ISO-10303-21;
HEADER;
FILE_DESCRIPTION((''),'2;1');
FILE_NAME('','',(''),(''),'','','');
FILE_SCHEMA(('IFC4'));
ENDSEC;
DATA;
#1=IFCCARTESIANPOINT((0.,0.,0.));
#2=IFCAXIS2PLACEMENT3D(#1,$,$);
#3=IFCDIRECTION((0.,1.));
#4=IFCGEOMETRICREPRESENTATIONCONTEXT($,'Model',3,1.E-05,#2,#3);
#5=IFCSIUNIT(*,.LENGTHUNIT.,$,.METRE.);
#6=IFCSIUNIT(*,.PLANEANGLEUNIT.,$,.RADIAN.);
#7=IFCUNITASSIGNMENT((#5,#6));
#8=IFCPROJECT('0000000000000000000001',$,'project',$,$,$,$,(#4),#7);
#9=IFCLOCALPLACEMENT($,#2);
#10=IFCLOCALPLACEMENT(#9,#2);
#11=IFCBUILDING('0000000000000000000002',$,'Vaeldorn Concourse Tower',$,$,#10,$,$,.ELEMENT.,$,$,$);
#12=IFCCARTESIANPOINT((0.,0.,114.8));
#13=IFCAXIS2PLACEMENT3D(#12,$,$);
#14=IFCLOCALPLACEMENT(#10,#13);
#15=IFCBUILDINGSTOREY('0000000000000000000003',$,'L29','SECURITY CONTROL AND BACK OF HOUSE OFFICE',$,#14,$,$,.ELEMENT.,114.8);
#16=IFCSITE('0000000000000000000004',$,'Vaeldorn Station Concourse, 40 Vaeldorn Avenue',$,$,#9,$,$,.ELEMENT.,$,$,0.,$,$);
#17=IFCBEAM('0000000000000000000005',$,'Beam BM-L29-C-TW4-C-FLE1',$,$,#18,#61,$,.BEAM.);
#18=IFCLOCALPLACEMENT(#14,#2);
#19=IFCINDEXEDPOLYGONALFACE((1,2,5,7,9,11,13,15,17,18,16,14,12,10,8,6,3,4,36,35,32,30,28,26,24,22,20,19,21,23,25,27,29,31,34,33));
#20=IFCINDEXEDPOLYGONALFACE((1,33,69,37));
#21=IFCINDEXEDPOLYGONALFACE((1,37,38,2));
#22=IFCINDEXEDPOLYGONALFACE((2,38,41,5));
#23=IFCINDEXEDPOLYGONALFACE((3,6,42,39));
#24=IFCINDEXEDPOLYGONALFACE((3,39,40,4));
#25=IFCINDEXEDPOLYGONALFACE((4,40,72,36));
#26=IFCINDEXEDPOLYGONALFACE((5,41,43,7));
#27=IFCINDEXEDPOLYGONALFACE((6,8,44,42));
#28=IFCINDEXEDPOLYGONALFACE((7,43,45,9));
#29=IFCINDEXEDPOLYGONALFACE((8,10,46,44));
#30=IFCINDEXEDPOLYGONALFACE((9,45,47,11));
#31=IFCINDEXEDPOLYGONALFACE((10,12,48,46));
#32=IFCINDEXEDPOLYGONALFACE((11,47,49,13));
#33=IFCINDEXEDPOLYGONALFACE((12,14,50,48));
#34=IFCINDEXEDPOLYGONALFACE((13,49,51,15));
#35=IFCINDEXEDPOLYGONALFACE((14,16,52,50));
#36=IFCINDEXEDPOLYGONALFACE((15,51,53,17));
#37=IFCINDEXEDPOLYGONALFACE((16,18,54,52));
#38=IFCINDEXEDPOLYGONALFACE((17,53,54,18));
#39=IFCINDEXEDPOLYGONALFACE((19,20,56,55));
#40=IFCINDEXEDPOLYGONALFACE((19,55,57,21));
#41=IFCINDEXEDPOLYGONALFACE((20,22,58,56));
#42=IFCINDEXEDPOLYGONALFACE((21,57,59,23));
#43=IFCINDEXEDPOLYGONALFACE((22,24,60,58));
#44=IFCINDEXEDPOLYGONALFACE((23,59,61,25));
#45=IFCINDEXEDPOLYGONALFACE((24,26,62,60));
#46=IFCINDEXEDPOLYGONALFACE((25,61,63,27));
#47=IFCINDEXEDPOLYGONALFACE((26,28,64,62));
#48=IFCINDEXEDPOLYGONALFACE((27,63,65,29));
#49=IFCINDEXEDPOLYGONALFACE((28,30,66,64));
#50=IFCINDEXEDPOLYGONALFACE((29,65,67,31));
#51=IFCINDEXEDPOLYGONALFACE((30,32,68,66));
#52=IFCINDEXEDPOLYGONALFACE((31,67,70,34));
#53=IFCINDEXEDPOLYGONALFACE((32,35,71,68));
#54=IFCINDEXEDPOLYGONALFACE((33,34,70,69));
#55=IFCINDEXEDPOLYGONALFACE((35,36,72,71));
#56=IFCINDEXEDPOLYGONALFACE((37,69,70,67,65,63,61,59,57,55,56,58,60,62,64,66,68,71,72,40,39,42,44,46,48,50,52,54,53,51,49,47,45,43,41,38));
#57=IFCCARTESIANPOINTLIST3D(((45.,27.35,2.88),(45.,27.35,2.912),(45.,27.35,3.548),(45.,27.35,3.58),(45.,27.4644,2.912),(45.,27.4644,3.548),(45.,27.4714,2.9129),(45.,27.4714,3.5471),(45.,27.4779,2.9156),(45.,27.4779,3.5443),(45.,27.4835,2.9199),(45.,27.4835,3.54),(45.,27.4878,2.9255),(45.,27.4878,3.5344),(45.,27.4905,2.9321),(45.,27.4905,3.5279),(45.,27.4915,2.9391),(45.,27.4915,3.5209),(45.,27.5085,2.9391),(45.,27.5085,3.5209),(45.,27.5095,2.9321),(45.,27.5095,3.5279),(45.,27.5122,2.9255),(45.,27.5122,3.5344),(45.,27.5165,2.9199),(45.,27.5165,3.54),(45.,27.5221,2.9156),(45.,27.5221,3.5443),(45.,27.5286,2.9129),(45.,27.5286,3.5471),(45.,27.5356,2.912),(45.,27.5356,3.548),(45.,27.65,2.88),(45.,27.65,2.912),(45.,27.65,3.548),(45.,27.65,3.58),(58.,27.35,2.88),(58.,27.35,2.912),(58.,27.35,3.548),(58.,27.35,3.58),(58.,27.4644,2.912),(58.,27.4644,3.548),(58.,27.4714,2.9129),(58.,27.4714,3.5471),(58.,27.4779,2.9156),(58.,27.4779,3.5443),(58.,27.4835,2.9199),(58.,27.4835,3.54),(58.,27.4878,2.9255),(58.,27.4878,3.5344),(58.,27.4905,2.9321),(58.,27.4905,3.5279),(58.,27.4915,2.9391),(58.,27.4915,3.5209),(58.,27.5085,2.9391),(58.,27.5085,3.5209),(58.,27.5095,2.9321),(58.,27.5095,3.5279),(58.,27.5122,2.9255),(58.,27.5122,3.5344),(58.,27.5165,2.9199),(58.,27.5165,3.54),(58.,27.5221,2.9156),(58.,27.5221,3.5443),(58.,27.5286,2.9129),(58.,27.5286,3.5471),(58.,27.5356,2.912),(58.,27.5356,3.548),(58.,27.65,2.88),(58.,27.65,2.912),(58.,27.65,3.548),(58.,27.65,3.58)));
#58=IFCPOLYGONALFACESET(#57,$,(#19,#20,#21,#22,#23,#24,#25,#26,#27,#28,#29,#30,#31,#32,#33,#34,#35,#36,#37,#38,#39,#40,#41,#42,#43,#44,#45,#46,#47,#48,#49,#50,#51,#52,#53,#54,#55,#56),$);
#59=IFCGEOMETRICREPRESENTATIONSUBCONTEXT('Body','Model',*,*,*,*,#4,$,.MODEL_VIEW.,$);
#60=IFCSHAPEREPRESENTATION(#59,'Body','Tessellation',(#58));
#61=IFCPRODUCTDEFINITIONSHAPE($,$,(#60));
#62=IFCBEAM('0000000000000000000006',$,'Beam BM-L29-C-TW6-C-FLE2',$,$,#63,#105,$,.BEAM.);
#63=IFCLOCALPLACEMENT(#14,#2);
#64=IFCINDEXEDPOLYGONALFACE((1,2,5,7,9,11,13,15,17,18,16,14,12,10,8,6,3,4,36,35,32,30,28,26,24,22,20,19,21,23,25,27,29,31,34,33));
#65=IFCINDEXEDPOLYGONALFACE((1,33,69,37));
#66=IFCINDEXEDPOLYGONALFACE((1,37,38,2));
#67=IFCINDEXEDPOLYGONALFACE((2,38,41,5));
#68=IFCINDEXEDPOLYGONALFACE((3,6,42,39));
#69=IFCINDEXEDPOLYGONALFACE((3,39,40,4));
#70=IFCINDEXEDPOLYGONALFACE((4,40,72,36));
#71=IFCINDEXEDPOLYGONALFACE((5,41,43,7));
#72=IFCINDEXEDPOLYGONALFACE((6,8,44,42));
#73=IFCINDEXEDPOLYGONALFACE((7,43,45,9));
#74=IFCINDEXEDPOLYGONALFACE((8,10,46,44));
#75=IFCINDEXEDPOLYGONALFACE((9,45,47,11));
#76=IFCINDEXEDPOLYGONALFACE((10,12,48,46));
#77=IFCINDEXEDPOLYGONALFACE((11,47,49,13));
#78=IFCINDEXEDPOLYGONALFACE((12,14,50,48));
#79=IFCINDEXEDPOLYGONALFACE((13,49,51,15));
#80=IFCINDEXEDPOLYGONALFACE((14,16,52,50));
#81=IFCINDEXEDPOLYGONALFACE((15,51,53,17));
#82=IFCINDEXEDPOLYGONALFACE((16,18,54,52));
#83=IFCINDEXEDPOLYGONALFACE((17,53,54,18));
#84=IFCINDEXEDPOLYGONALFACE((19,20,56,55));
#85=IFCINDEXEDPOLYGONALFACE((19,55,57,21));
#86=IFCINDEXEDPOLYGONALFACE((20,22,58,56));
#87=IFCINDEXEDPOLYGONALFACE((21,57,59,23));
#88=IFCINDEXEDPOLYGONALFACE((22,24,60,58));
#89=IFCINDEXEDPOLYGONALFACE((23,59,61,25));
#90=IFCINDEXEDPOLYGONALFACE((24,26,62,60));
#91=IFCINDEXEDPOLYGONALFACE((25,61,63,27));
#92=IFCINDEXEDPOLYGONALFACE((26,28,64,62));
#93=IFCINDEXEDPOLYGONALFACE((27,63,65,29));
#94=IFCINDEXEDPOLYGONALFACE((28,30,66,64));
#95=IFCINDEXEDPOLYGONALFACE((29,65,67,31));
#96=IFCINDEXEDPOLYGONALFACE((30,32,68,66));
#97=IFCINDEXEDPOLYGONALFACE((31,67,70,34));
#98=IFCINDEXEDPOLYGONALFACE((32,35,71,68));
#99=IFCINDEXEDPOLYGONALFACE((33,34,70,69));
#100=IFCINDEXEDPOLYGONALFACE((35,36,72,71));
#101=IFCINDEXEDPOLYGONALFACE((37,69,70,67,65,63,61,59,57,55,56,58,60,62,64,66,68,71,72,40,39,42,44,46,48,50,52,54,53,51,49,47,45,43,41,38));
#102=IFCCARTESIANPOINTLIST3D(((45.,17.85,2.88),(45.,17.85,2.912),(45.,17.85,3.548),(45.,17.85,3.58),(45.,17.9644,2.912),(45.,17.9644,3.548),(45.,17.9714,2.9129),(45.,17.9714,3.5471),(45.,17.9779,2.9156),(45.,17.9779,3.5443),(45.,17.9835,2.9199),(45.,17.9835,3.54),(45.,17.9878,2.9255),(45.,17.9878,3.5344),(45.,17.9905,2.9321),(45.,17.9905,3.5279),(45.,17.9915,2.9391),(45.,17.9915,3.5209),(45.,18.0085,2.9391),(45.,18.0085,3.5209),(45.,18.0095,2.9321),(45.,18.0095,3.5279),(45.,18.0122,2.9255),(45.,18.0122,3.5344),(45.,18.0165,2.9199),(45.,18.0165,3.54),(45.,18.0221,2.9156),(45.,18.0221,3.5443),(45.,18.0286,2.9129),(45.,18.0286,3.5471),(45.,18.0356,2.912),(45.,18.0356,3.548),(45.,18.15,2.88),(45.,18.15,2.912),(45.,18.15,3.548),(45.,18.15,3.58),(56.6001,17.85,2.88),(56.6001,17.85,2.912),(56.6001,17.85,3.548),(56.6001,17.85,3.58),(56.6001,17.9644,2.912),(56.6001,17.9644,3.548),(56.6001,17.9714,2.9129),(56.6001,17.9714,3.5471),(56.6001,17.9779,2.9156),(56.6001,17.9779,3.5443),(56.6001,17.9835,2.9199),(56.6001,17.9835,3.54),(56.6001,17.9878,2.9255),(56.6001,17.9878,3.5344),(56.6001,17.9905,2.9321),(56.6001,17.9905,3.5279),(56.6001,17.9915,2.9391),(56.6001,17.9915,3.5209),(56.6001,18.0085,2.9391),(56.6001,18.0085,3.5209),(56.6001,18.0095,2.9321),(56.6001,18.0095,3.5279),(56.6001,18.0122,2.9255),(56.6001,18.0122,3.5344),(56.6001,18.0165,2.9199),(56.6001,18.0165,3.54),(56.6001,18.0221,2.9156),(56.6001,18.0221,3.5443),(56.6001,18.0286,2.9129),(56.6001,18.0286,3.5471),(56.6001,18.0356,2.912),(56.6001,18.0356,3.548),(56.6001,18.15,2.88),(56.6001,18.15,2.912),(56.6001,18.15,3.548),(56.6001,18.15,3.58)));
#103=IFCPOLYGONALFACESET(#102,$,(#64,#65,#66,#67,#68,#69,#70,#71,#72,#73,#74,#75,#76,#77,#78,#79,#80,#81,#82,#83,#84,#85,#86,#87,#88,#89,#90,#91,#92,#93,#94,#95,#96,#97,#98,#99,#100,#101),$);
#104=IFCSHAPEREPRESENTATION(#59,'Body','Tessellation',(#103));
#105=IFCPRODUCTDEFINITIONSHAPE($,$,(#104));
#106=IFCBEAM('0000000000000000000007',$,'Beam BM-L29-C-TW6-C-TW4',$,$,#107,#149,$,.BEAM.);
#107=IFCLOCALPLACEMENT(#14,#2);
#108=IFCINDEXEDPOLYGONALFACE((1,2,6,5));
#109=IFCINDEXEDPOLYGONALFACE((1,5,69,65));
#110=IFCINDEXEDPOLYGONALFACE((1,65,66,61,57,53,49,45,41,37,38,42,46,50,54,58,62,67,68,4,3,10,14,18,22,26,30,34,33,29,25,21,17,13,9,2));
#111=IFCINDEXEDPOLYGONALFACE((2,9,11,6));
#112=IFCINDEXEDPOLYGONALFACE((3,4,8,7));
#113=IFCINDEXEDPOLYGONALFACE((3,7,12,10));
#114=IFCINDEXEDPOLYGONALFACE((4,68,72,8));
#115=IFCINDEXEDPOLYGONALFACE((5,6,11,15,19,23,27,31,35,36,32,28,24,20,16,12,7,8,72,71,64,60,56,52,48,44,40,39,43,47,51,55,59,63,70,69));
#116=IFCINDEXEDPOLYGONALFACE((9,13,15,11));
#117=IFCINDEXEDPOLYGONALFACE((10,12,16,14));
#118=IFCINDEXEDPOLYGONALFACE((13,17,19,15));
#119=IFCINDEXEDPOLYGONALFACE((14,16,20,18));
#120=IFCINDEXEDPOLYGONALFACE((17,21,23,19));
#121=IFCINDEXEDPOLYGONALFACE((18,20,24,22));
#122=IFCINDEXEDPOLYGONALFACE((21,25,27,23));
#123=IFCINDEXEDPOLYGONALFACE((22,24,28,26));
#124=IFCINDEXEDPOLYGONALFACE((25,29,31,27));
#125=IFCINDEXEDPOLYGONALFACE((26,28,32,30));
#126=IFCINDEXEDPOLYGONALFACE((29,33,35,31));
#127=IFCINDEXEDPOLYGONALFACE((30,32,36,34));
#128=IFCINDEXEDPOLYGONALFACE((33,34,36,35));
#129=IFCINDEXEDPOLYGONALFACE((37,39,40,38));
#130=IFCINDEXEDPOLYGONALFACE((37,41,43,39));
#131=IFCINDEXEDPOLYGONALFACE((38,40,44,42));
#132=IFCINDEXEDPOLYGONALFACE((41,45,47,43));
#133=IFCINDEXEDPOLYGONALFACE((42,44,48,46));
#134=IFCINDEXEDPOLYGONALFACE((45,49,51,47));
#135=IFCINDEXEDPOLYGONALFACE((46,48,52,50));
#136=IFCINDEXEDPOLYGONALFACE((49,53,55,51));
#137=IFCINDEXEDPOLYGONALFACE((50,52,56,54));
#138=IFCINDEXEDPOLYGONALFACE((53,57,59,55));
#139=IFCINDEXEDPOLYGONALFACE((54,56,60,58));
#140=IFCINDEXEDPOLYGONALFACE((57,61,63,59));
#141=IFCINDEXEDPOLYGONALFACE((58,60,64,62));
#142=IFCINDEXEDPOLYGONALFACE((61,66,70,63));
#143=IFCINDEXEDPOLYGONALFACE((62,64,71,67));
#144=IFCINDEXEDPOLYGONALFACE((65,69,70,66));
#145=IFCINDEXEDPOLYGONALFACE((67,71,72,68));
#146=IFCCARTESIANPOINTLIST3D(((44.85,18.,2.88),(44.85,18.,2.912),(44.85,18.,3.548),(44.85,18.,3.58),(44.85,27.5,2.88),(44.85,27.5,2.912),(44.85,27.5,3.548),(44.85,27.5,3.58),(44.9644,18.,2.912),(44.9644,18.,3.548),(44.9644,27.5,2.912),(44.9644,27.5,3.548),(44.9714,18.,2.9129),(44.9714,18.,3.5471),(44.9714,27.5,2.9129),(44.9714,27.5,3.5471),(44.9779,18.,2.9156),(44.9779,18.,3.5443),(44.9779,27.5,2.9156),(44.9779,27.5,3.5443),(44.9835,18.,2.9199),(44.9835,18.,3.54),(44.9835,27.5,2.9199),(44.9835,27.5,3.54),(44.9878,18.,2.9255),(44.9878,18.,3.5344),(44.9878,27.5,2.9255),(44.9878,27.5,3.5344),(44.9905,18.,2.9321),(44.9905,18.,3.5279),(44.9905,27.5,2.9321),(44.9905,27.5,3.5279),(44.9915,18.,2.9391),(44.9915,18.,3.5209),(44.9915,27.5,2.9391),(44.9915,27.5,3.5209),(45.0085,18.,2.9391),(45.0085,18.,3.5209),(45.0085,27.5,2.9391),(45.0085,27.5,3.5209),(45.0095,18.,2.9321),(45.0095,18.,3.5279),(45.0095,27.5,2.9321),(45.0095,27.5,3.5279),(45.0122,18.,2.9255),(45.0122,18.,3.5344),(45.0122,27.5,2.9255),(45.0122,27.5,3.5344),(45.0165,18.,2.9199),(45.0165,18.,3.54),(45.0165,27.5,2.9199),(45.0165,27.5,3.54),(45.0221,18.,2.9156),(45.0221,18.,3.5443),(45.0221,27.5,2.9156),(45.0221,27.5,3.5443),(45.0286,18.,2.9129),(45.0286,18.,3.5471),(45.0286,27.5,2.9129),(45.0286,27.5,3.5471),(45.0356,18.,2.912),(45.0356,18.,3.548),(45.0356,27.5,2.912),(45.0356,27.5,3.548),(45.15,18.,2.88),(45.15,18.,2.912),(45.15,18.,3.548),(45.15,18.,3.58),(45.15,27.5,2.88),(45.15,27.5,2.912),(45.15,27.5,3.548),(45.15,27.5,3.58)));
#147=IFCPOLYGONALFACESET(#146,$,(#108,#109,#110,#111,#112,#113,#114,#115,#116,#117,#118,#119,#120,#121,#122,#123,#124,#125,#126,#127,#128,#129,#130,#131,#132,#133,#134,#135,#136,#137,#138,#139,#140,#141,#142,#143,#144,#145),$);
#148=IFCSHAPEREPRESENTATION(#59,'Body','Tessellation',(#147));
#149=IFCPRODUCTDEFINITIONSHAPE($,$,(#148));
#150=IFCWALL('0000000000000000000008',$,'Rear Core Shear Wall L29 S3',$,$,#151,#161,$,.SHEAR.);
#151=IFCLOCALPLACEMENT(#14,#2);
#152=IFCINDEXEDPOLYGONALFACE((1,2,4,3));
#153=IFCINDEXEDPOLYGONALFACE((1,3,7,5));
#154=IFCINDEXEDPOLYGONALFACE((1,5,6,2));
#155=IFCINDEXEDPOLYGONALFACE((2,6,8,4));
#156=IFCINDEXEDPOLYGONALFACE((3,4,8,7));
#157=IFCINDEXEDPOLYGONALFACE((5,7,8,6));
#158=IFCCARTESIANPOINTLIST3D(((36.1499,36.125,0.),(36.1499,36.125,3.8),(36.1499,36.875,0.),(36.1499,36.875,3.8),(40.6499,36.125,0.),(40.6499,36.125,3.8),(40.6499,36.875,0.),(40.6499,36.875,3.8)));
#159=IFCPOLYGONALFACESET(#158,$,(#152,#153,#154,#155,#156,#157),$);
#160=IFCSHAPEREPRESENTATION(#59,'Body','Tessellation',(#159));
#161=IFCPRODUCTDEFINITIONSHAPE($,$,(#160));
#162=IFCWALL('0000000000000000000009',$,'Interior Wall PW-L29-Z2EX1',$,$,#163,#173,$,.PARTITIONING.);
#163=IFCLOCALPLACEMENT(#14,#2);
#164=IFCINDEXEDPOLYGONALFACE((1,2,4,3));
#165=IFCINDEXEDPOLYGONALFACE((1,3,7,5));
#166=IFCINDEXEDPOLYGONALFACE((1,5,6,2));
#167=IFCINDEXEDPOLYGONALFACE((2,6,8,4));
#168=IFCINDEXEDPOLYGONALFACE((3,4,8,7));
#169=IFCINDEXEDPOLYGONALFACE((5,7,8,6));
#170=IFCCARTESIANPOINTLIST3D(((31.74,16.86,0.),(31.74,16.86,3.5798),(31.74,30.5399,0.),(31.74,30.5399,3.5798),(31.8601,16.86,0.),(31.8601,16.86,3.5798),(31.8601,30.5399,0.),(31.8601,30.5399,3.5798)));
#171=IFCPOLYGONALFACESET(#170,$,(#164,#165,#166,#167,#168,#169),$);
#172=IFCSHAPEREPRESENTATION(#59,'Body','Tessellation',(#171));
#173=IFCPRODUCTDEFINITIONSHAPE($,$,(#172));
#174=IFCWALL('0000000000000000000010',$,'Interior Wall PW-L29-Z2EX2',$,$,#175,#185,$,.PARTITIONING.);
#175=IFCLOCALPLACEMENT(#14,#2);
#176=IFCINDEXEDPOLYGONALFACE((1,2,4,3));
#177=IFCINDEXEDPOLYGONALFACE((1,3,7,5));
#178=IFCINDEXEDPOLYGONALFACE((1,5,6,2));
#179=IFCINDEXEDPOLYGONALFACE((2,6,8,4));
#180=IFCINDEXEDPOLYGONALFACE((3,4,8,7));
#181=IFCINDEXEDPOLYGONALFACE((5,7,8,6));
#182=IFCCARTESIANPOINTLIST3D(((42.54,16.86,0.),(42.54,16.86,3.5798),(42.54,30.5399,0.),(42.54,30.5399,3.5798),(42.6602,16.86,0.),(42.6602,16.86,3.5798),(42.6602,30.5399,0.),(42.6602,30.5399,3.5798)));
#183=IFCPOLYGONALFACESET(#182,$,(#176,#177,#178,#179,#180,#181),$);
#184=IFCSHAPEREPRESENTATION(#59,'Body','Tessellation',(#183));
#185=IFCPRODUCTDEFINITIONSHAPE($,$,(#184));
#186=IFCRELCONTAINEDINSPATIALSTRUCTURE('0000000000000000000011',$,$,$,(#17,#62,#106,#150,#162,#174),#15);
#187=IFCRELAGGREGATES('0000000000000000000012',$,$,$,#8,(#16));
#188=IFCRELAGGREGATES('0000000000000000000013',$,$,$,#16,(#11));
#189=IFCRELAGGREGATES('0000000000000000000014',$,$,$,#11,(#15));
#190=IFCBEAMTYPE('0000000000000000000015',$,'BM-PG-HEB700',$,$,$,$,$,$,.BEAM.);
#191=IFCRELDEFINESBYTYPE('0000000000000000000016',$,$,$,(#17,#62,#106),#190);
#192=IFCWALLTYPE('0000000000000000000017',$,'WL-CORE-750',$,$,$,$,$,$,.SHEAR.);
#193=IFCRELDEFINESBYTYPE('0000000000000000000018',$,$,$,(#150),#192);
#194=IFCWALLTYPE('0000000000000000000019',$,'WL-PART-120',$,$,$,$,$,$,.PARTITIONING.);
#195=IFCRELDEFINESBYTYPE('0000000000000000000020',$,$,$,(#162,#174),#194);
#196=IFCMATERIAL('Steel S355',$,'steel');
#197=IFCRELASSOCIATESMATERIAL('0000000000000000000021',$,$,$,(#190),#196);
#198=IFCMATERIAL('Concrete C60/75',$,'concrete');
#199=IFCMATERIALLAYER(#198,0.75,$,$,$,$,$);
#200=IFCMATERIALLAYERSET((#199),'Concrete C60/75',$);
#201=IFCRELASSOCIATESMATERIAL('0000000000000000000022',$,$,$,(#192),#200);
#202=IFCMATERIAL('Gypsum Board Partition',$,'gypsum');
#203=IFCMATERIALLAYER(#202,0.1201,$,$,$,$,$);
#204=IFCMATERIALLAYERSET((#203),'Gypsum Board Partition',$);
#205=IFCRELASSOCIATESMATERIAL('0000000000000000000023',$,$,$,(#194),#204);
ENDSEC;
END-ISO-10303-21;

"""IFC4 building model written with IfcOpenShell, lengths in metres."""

from ifc_helpers import new_model, si_unit, direction, frame, frame_2d, origin, origin_2d, place, context, subcontext, project, spatial, rectangle, i_section, extrude, source, transform, mapped, material, layer, layer_set, material_profile, profile_set, type_object, element, save


model = new_model("IFC4")

# Units and contexts
model_context = context("Model", 3, precision=1e-05, world=origin(), true_north=direction((0.0, 1.0)))
body_context = subcontext(model_context, "Body", "Model", "MODEL_VIEW")
ifc_project = project(units=[si_unit("LENGTHUNIT", "METRE"), si_unit("PLANEANGLEUNIT", "RADIAN")], contexts=[model_context])

# Site, building, storey
site_placement = place(None, origin())
site = spatial("IfcSite", under=ifc_project, at=site_placement, Name="Vaeldorn Station Concourse, 40 Vaeldorn Avenue", CompositionType="ELEMENT", RefElevation=0.0)
building_placement = place(site_placement, origin())
building = spatial("IfcBuilding", under=site, at=building_placement, Name="Vaeldorn Concourse Tower", CompositionType="ELEMENT")
storey_placement = place(building_placement, frame((0.0, 0.0, 114.8)))
storey = spatial("IfcBuildingStorey", under=building, at=storey_placement, Name="L29", Description="SECURITY CONTROL AND BACK OF HOUSE OFFICE", CompositionType="ELEMENT", Elevation=114.8)

# Beams
ifc_material_1 = material(Name="Steel S355", Category="steel")
ifc_material_profile_1 = material_profile(ifc_material_1, i_section(OverallWidth=0.3, OverallDepth=0.7, WebThickness=0.0171, FlangeThickness=0.032, FilletRadius=0.0271, at=origin_2d()), Name="HEB 700")
ifc_profile_set_1 = profile_set([ifc_material_profile_1], Name="Steel S355")
beam_type_1 = type_object("IfcBeamType", Name="BM-PG-HEB700", PredefinedType="BEAM", material=ifc_profile_set_1)
shared_shape_1 = source(origin(), body_context, "Body", "SweptSolid", [
    extrude(i_section(OverallWidth=0.3, OverallDepth=0.7, WebThickness=0.0171, FlangeThickness=0.032, FilletRadius=0.0271, at=origin_2d()), origin(), (0.0, 0.0, 1.0), 13.0),
])
beam_1_placement = place(storey_placement, frame((45.0, 27.5, 3.23), z_axis=(1.0, 0.0, 0.0), x_axis=(0.0, 1.0, 0.0)))
element("IfcBeam", 1, at=beam_1_placement, inside=storey, type_object=beam_type_1, Name="Beam BM-L29-C-TW4-C-FLE1", PredefinedType="BEAM", context=body_context, shape_type="MappedRepresentation", body=[
    mapped(shared_shape_1, transform((0.0, 0.0, 0.0), scale=1.0)),
])
shared_shape_2 = source(origin(), body_context, "Body", "SweptSolid", [
    extrude(i_section(OverallWidth=0.3, OverallDepth=0.7, WebThickness=0.0171, FlangeThickness=0.032, FilletRadius=0.0271, at=origin_2d()), origin(), (0.0, 0.0, 1.0), 11.6001),
])
beam_2_placement = place(storey_placement, frame((45.0, 18.0, 3.23), z_axis=(1.0, 0.0, 0.0), x_axis=(0.0, 1.0, 0.0)))
element("IfcBeam", 2, at=beam_2_placement, inside=storey, type_object=beam_type_1, Name="Beam BM-L29-C-TW6-C-FLE2", PredefinedType="BEAM", context=body_context, shape_type="MappedRepresentation", body=[
    mapped(shared_shape_2, transform((0.0, 0.0, 0.0), scale=1.0)),
])
shared_shape_3 = source(origin(), body_context, "Body", "SweptSolid", [
    extrude(i_section(OverallWidth=0.3, OverallDepth=0.7, WebThickness=0.0171, FlangeThickness=0.032, FilletRadius=0.0271, at=origin_2d()), origin(), (0.0, 0.0, 1.0), 9.5),
])
beam_3_placement = place(storey_placement, frame((45.0, 18.0, 3.23), z_axis=(0.0, 1.0, 0.0), x_axis=(-1.0, 0.0, 0.0)))
element("IfcBeam", 3, at=beam_3_placement, inside=storey, type_object=beam_type_1, Name="Beam BM-L29-C-TW6-C-TW4", PredefinedType="BEAM", context=body_context, shape_type="MappedRepresentation", body=[
    mapped(shared_shape_3, transform((0.0, 0.0, 0.0), scale=1.0)),
])

# Walls
ifc_material_2 = material(Name="Concrete C60/75", Category="concrete")
ifc_layer_1 = layer(ifc_material_2, 0.75)
ifc_layer_set_1 = layer_set([ifc_layer_1], Name="Concrete C60/75")
wall_type_1 = type_object("IfcWallType", Name="WL-CORE-750", PredefinedType="SHEAR", material=ifc_layer_set_1)
wall_placement = place(storey_placement, frame((36.1499, 36.5, 0.0), z_axis=(0.0, 0.0, 1.0), x_axis=(1.0, 0.0, 0.0)))
element("IfcWall", 4, at=wall_placement, inside=storey, type_object=wall_type_1, Name="Rear Core Shear Wall L29 S3", PredefinedType="SHEAR", context=body_context, shape_type="SweptSolid", body=[
    extrude(rectangle(XDim=4.5, YDim=0.75, at=frame_2d((2.25, 0.0))), origin(), (0.0, 0.0, 1.0), 3.8),
])
ifc_material_3 = material(Name="Gypsum Board Partition", Category="gypsum")
ifc_layer_2 = layer(ifc_material_3, 0.1201)
ifc_layer_set_2 = layer_set([ifc_layer_2], Name="Gypsum Board Partition")
wall_type_2 = type_object("IfcWallType", Name="WL-PART-120", PredefinedType="PARTITIONING", material=ifc_layer_set_2)
for number, where, z_axis, x_axis, name in (
    (5, (31.8, 16.8601, 0.0), (0.0, 0.0, 1.0), (0.0, 1.0, 0.0), "Interior Wall PW-L29-Z2EX1"),
    (6, (42.6001, 16.8601, 0.0), (0.0, 0.0, 1.0), (0.0, 1.0, 0.0), "Interior Wall PW-L29-Z2EX2"),
):
    element("IfcWall", number, at=place(storey_placement, frame(where, z_axis=z_axis, x_axis=x_axis)), inside=storey, type_object=wall_type_2, Name=name, PredefinedType="PARTITIONING", context=body_context, shape_type="SweptSolid", body=[
        extrude(rectangle(XDim=13.6799, YDim=0.1201, at=frame_2d((6.8398, 0.0))), origin(), (0.0, 0.0, 1.0), 3.5798),
    ])

save(model, "model.ifc")
